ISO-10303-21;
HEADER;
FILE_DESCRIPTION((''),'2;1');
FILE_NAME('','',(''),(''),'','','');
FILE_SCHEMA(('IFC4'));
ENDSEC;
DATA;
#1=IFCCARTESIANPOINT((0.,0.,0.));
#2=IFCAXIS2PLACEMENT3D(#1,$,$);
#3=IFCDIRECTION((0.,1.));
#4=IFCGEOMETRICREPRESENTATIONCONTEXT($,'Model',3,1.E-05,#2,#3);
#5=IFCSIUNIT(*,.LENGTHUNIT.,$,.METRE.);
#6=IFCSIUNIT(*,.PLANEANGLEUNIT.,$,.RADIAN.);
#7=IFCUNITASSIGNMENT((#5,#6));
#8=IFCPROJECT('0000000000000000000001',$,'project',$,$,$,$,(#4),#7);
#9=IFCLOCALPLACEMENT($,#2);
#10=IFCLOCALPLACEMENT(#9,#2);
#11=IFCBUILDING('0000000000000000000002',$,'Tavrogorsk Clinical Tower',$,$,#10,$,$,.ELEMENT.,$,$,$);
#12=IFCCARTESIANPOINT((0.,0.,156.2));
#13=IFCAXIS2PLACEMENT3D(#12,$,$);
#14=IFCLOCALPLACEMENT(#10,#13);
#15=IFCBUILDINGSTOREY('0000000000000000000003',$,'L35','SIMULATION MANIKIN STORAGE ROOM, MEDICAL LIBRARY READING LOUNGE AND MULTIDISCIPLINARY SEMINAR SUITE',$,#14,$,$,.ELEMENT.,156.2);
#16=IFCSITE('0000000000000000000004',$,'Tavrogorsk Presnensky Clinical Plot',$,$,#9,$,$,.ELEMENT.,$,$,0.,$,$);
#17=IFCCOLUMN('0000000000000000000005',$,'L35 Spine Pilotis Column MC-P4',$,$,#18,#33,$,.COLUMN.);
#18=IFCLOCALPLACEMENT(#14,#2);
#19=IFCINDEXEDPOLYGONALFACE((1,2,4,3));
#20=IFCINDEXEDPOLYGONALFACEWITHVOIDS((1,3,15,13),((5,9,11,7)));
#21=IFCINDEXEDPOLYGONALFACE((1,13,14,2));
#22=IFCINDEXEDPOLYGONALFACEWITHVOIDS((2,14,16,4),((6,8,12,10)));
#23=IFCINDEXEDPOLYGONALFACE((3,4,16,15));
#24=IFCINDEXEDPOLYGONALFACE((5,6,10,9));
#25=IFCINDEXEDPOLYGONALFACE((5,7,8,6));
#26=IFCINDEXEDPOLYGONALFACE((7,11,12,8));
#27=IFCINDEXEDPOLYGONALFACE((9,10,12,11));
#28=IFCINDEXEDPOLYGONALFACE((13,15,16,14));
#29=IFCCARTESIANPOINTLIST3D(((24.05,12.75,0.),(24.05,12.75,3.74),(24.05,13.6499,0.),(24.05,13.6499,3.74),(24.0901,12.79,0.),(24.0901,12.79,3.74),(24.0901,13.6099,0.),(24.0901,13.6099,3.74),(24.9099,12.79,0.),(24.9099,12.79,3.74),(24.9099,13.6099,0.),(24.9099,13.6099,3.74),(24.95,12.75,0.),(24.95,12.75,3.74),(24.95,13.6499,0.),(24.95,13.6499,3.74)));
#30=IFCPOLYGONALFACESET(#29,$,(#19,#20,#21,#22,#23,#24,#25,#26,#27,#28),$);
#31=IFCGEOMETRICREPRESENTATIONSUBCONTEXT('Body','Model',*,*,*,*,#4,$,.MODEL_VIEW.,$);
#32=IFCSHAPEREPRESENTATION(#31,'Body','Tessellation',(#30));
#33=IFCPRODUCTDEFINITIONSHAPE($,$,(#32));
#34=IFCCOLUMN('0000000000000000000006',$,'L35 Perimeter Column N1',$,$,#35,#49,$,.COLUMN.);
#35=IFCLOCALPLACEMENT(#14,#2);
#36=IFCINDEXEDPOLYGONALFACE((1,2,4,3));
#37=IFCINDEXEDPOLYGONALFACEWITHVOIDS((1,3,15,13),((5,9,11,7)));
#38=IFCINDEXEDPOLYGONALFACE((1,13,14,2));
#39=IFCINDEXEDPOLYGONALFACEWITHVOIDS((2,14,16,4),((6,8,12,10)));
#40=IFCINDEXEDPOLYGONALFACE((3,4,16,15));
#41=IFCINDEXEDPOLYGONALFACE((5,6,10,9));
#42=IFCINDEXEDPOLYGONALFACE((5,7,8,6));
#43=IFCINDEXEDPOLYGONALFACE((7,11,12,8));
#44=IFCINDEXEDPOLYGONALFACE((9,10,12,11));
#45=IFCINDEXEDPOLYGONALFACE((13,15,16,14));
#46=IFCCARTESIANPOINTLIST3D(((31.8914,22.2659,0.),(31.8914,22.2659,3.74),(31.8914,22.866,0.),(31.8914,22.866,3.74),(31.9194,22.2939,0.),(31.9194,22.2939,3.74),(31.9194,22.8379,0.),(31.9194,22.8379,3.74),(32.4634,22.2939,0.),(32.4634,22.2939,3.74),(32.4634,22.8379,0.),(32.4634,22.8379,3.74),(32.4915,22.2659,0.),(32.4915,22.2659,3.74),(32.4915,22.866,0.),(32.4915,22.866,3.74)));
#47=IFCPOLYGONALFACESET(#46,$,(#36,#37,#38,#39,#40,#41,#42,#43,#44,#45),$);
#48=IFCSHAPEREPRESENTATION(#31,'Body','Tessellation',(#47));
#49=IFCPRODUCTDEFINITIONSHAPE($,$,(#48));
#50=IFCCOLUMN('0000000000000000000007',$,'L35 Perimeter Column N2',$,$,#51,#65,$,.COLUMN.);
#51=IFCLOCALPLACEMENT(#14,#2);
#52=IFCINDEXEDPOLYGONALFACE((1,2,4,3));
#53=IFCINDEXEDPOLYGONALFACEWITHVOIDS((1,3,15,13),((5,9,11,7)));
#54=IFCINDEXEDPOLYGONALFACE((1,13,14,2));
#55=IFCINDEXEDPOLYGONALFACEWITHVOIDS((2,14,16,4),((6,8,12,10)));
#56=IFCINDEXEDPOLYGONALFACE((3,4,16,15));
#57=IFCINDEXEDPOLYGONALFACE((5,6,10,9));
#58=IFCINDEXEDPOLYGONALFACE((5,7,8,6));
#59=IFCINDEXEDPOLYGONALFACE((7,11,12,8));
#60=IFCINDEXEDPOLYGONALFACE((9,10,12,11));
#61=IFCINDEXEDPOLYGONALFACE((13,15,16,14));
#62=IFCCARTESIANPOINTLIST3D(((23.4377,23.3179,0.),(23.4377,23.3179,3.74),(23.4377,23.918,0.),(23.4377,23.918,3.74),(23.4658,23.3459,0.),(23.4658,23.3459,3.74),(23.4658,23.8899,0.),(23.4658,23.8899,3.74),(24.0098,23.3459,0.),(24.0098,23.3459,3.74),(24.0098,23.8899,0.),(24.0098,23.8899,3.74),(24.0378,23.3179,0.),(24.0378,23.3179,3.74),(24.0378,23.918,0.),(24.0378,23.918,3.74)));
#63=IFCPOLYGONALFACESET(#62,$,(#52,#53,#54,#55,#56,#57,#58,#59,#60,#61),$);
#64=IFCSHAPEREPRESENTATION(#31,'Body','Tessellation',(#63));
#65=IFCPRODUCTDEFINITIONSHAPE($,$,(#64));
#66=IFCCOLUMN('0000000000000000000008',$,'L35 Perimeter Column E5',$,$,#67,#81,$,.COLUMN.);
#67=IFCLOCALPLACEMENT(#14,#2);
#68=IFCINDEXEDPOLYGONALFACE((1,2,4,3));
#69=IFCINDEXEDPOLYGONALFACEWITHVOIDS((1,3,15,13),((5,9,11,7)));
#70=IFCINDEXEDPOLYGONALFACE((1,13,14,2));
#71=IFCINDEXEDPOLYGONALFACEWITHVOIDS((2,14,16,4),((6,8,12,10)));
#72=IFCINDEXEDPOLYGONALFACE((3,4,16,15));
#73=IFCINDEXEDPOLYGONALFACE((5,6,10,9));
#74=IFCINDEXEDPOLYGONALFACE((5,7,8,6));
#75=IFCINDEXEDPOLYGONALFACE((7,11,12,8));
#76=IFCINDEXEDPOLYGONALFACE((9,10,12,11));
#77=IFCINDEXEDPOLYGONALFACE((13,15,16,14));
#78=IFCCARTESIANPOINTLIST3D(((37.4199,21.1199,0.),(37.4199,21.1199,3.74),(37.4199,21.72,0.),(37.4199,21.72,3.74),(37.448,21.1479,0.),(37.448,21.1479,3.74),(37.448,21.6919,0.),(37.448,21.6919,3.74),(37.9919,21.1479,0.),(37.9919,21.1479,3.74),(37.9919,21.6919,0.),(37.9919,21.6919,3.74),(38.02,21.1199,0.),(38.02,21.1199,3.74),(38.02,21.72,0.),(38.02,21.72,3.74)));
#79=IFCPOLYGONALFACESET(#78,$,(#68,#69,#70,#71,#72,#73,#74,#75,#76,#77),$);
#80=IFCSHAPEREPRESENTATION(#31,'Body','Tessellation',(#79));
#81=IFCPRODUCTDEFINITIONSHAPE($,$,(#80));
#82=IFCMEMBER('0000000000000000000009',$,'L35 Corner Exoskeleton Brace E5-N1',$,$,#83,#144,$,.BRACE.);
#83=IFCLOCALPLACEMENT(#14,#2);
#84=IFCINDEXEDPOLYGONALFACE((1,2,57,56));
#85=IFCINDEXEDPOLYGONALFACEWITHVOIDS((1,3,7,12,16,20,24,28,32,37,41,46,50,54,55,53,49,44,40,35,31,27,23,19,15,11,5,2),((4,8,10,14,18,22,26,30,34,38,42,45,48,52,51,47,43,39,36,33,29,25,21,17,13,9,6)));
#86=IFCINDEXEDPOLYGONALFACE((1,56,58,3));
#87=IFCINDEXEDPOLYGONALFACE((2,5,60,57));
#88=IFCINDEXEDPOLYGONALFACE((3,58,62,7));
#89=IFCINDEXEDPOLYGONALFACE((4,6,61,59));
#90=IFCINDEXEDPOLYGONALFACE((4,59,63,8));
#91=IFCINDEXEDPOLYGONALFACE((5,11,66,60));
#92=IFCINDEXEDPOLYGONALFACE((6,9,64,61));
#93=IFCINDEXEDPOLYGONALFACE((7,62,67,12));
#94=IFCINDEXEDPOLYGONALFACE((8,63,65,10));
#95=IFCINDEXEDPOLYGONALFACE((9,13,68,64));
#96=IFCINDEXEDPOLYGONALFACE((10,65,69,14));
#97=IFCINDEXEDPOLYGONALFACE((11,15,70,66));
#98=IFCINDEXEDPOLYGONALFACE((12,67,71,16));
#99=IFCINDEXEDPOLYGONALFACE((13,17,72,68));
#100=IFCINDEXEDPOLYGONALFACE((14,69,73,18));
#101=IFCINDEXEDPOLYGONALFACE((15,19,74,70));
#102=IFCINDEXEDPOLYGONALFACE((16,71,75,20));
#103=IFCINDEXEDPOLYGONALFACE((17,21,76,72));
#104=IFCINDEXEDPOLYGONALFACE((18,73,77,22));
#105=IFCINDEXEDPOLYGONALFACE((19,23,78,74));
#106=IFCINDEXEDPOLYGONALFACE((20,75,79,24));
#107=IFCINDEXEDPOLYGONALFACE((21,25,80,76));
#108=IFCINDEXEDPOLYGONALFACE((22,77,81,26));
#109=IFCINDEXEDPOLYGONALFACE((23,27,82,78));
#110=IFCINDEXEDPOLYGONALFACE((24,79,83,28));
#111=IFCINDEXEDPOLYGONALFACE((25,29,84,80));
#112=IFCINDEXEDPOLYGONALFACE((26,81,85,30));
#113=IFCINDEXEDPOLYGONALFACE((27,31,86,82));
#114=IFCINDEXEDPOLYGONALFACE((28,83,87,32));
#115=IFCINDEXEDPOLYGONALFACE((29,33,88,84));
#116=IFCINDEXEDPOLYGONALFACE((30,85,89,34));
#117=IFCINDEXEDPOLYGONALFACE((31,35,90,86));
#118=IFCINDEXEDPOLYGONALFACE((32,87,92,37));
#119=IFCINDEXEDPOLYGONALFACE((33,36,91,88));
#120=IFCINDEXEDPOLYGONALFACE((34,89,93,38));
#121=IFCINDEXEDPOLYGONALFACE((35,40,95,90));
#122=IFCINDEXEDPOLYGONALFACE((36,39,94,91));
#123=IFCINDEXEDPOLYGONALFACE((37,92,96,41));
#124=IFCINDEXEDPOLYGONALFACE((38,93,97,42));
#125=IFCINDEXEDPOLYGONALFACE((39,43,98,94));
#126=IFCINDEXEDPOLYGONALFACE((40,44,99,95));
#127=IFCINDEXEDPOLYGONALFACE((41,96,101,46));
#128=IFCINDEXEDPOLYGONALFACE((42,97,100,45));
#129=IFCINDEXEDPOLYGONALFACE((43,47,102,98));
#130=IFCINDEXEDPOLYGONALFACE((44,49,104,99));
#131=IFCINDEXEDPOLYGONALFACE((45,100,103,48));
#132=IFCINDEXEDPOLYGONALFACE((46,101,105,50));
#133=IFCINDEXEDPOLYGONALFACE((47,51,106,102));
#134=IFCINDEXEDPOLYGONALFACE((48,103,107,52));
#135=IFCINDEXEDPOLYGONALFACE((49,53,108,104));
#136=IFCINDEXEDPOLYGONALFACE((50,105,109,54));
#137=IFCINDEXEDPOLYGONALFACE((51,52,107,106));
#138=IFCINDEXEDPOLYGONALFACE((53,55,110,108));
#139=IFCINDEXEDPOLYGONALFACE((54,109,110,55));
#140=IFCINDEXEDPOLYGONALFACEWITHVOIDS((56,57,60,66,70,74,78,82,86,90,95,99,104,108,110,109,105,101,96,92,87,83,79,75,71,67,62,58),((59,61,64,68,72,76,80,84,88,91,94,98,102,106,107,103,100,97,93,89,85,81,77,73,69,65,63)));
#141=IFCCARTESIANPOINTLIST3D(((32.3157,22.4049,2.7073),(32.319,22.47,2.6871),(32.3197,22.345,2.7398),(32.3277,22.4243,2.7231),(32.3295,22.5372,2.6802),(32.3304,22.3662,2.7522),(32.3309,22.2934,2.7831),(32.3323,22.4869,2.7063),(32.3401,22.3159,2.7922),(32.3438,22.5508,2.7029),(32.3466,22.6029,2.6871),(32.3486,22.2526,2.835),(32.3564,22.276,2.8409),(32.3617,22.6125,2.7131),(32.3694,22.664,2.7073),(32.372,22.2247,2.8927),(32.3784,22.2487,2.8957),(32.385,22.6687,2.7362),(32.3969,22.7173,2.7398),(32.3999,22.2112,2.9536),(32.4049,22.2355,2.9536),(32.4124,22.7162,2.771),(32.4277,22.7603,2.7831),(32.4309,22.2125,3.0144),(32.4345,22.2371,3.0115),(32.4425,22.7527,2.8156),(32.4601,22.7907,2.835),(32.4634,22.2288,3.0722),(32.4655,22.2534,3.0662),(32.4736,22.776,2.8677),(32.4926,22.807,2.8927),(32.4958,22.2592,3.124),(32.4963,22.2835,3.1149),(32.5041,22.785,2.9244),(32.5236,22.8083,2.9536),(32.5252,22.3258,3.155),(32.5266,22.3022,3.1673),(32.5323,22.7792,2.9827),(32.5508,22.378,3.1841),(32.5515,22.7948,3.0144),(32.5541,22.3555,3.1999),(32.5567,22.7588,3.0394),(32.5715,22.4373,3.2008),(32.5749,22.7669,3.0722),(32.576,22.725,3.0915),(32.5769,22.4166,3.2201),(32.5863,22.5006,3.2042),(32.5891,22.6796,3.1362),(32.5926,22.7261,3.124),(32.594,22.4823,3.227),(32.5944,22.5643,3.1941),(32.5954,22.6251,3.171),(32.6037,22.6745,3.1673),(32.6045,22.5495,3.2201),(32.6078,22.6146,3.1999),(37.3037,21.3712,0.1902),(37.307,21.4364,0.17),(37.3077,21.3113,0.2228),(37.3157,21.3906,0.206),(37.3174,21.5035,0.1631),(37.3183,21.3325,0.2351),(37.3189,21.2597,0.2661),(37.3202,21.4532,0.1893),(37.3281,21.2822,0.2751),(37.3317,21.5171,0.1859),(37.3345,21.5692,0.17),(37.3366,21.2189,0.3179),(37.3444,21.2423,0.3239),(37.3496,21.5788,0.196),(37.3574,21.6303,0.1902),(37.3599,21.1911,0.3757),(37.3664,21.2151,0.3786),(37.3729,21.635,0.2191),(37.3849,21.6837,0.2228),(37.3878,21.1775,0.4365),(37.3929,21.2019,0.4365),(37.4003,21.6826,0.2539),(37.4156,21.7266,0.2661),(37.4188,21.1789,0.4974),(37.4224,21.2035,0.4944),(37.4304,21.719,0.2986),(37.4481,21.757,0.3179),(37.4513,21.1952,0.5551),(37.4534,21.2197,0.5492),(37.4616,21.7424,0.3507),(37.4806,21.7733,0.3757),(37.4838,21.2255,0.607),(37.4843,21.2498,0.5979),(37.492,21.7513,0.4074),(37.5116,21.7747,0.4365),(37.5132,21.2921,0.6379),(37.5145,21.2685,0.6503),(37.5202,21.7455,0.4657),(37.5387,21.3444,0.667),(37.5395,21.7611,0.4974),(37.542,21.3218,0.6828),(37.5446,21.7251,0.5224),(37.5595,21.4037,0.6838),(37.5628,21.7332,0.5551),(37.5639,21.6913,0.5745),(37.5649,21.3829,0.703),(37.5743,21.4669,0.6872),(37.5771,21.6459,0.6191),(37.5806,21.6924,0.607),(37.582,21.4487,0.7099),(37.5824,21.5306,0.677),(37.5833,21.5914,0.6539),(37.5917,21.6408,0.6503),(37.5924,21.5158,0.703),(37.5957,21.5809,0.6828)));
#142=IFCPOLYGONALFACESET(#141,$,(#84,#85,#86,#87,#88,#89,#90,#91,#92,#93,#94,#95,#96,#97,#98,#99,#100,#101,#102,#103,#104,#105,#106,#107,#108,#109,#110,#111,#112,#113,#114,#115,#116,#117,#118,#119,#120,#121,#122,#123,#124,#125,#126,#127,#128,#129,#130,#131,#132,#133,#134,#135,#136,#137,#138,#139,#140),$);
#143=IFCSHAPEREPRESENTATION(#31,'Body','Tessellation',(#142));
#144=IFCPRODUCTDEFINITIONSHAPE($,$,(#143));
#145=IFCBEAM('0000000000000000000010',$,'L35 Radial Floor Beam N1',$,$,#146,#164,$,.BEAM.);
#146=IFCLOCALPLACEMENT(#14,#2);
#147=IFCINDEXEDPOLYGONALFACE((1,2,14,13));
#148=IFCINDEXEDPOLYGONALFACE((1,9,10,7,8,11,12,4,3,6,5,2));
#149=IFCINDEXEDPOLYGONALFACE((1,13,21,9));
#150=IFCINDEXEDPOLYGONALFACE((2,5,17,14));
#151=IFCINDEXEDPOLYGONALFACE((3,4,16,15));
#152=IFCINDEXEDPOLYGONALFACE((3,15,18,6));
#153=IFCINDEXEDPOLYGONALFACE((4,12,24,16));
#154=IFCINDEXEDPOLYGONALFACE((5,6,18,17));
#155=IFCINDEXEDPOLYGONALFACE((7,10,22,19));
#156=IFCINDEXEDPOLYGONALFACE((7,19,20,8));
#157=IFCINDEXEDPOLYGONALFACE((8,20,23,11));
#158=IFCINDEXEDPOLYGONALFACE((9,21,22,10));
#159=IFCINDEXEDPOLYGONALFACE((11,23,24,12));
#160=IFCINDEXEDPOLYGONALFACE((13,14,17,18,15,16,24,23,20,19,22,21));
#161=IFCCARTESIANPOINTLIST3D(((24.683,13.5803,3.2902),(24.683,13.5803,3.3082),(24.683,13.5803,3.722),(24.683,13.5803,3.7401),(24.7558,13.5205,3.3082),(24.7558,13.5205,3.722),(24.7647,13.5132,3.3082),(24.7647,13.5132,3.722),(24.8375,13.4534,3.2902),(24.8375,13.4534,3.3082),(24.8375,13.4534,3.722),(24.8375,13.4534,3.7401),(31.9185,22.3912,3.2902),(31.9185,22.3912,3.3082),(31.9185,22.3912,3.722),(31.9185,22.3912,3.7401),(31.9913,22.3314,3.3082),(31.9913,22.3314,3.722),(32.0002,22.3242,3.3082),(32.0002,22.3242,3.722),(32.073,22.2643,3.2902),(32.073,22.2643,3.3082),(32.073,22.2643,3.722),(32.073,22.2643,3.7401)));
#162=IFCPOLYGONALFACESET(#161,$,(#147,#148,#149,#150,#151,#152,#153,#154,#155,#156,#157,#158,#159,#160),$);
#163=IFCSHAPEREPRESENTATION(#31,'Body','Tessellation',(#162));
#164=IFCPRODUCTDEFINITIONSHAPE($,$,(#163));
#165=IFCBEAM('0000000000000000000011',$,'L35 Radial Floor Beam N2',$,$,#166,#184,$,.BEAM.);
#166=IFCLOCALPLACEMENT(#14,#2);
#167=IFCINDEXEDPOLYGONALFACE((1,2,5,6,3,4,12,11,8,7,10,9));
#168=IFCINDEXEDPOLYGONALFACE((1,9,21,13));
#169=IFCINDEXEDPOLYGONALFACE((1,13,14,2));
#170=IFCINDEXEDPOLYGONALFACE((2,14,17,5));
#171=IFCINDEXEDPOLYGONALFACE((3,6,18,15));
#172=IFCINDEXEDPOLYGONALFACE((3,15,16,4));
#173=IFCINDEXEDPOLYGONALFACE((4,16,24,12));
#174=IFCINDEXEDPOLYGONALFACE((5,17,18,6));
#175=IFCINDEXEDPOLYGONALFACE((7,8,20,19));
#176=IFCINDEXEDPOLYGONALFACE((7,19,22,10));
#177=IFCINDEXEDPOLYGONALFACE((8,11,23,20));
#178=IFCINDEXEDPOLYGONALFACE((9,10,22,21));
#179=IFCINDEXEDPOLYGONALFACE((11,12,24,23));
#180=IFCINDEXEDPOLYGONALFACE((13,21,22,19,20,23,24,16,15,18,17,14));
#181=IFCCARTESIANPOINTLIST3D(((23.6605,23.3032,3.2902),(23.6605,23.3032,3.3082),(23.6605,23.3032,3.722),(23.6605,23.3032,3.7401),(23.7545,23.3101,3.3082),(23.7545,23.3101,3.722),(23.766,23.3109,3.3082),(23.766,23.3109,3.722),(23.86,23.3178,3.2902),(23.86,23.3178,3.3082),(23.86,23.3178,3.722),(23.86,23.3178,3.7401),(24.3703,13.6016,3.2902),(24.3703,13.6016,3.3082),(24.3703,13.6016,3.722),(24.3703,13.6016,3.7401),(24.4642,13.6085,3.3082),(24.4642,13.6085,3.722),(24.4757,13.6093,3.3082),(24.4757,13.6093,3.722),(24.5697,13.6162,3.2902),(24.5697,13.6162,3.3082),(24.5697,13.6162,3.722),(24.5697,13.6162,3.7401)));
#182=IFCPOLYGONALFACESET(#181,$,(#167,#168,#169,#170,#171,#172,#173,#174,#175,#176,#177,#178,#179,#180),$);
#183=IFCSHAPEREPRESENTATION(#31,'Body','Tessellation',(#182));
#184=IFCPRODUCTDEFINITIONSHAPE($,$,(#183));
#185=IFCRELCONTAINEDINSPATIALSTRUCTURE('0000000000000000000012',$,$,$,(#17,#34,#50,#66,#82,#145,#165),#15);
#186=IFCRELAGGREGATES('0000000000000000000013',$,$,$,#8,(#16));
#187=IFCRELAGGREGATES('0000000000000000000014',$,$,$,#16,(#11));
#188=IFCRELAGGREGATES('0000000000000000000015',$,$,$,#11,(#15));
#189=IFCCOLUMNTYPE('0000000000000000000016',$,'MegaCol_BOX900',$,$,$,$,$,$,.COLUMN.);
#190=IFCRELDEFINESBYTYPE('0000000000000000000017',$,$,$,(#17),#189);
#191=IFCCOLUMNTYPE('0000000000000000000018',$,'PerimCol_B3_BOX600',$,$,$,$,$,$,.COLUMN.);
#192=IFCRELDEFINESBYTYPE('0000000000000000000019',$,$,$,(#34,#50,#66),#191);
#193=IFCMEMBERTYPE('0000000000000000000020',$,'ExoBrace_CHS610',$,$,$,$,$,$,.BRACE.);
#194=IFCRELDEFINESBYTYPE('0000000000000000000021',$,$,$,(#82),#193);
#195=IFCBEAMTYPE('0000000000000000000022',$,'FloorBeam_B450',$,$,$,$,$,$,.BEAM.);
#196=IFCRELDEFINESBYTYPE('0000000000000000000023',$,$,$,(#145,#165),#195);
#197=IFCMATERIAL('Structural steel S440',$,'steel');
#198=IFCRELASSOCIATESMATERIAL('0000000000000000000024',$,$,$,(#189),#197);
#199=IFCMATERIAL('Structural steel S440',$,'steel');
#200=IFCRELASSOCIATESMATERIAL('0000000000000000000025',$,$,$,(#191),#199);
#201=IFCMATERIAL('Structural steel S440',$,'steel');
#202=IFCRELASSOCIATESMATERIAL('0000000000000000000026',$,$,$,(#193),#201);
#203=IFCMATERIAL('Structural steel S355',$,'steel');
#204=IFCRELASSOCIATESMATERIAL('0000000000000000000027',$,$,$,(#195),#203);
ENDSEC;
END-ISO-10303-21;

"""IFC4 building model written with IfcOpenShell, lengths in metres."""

from ifc_helpers import new_model, si_unit, direction, frame, origin, origin_2d, place, context, subcontext, project, spatial, hollow_rectangle, hollow_circle, i_section, extrude, material, material_profile, profile_set, type_object, element, save


model = new_model("IFC4")

# Units and contexts
model_context = context("Model", 3, precision=1e-05, world=origin(), true_north=direction((0.0, 1.0)))
body_context = subcontext(model_context, "Body", "Model", "MODEL_VIEW")
ifc_project = project(units=[si_unit("LENGTHUNIT", "METRE"), si_unit("PLANEANGLEUNIT", "RADIAN")], contexts=[model_context])

# Site, building, storey
site_placement = place(None, origin())
site = spatial("IfcSite", under=ifc_project, at=site_placement, Name="Tavrogorsk Presnensky Clinical Plot", CompositionType="ELEMENT", RefElevation=0.0)
building_placement = place(site_placement, origin())
building = spatial("IfcBuilding", under=site, at=building_placement, Name="Tavrogorsk Clinical Tower", CompositionType="ELEMENT")
storey_placement = place(building_placement, frame((0.0, 0.0, 156.2)))
storey = spatial("IfcBuildingStorey", under=building, at=storey_placement, Name="L35", Description="SIMULATION MANIKIN STORAGE ROOM, MEDICAL LIBRARY READING LOUNGE AND MULTIDISCIPLINARY SEMINAR SUITE", CompositionType="ELEMENT", Elevation=156.2)

# Columns
ifc_material_1 = material(Name="Structural steel S440", Category="steel")
ifc_material_profile_1 = material_profile(ifc_material_1, hollow_rectangle(XDim=0.8999, YDim=0.8999, WallThickness=0.04, at=origin_2d()), Name="BOX-900x900x40")
ifc_profile_set_1 = profile_set([ifc_material_profile_1], Name="Structural steel S440")
column_type_1 = type_object("IfcColumnType", Name="MegaCol_BOX900", PredefinedType="COLUMN", material=ifc_profile_set_1)
column_placement = place(storey_placement, frame((24.5, 13.2, 0.0), z_axis=(0.0, 0.0, 1.0), x_axis=(1.0, 0.0, 0.0)))
element("IfcColumn", 1, at=column_placement, inside=storey, type_object=column_type_1, Name="L35 Spine Pilotis Column MC-P4", PredefinedType="COLUMN", context=body_context, shape_type="SweptSolid", body=[
    extrude(hollow_rectangle(XDim=0.8999, YDim=0.8999, WallThickness=0.04, at=origin_2d()), origin(), (0.0, 0.0, 1.0), 3.74),
])
ifc_material_2 = material(Name="Structural steel S440", Category="steel")
ifc_material_profile_2 = material_profile(ifc_material_2, hollow_rectangle(XDim=0.6001, YDim=0.6001, WallThickness=0.0281, at=origin_2d()), Name="BOX-600x600x28")
ifc_profile_set_2 = profile_set([ifc_material_profile_2], Name="Structural steel S440")
column_type_2 = type_object("IfcColumnType", Name="PerimCol_B3_BOX600", PredefinedType="COLUMN", material=ifc_profile_set_2)
for number, where, z_axis, x_axis, name in (
    (2, (32.1914, 22.5659, 0.0), (0.0, 0.0, 1.0), (1.0, 0.0, 0.0), "L35 Perimeter Column N1"),
    (3, (23.7378, 23.6179, 0.0), (0.0, 0.0, 1.0), (1.0, 0.0, 0.0), "L35 Perimeter Column N2"),
    (4, (37.72, 21.4199, 0.0), (0.0, 0.0, 1.0), (1.0, 0.0, 0.0), "L35 Perimeter Column E5"),
):
    element("IfcColumn", number, at=place(storey_placement, frame(where, z_axis=z_axis, x_axis=x_axis)), inside=storey, type_object=column_type_2, Name=name, PredefinedType="COLUMN", context=body_context, shape_type="SweptSolid", body=[
        extrude(hollow_rectangle(XDim=0.6001, YDim=0.6001, WallThickness=0.0281, at=origin_2d()), origin(), (0.0, 0.0, 1.0), 3.74),
    ])

# Member
ifc_material_3 = material(Name="Structural steel S440", Category="steel")
ifc_material_profile_3 = material_profile(ifc_material_3, hollow_circle(Radius=0.3049, WallThickness=0.0249, at=origin_2d()), Name="CHS-610x25")
ifc_profile_set_3 = profile_set([ifc_material_profile_3], Name="Structural steel S440")
member_type_1 = type_object("IfcMemberType", Name="ExoBrace_CHS610", PredefinedType="BRACE", material=ifc_profile_set_3)
member_1_placement = place(storey_placement, frame((37.4497, 21.4761, 0.4365), z_axis=(-0.877871, 0.181925, 0.442996), x_axis=(-0.202923, -0.979195, 0.0)))
element("IfcMember", 5, at=member_1_placement, inside=storey, type_object=member_type_1, Name="L35 Corner Exoskeleton Brace E5-N1", PredefinedType="BRACE", context=body_context, shape_type="SweptSolid", body=[
    extrude(hollow_circle(Radius=0.3049, WallThickness=0.0249, at=origin_2d()), origin(), (0.0, 0.0, 1.0), 5.6819),
])

# Beams
ifc_material_4 = material(Name="Structural steel S355", Category="steel")
ifc_material_profile_4 = material_profile(ifc_material_4, i_section(OverallWidth=0.2, OverallDepth=0.45, WebThickness=0.0115, FlangeThickness=0.0181, at=origin_2d()), Name="B-450x200x11.5x18")
ifc_profile_set_4 = profile_set([ifc_material_profile_4], Name="Structural steel S355")
beam_type_1 = type_object("IfcBeamType", Name="FloorBeam_B450", PredefinedType="BEAM", material=ifc_profile_set_4)
beam_1_placement = place(storey_placement, frame((24.7603, 13.5168, 3.5151), z_axis=(0.634633, 0.772814, 0.0), x_axis=(-0.772814, 0.634633, 0.0)))
element("IfcBeam", 6, at=beam_1_placement, inside=storey, type_object=beam_type_1, Name="L35 Radial Floor Beam N1", PredefinedType="BEAM", context=body_context, shape_type="SweptSolid", body=[
    extrude(i_section(OverallWidth=0.2, OverallDepth=0.45, WebThickness=0.0115, FlangeThickness=0.0181, at=origin_2d()), origin(), (0.0, 0.0, 1.0), 11.4011),
])
beam_2_placement = place(storey_placement, frame((24.47, 13.6089, 3.5151), z_axis=(-0.072959, 0.997335, 0.0), x_axis=(-0.997335, -0.072959, 0.0)))
element("IfcBeam", 7, at=beam_2_placement, inside=storey, type_object=beam_type_1, Name="L35 Radial Floor Beam N2", PredefinedType="BEAM", context=body_context, shape_type="SweptSolid", body=[
    extrude(i_section(OverallWidth=0.2, OverallDepth=0.45, WebThickness=0.0115, FlangeThickness=0.0181, at=origin_2d()), origin(), (0.0, 0.0, 1.0), 9.7275),
])

save(model, "model.ifc")
